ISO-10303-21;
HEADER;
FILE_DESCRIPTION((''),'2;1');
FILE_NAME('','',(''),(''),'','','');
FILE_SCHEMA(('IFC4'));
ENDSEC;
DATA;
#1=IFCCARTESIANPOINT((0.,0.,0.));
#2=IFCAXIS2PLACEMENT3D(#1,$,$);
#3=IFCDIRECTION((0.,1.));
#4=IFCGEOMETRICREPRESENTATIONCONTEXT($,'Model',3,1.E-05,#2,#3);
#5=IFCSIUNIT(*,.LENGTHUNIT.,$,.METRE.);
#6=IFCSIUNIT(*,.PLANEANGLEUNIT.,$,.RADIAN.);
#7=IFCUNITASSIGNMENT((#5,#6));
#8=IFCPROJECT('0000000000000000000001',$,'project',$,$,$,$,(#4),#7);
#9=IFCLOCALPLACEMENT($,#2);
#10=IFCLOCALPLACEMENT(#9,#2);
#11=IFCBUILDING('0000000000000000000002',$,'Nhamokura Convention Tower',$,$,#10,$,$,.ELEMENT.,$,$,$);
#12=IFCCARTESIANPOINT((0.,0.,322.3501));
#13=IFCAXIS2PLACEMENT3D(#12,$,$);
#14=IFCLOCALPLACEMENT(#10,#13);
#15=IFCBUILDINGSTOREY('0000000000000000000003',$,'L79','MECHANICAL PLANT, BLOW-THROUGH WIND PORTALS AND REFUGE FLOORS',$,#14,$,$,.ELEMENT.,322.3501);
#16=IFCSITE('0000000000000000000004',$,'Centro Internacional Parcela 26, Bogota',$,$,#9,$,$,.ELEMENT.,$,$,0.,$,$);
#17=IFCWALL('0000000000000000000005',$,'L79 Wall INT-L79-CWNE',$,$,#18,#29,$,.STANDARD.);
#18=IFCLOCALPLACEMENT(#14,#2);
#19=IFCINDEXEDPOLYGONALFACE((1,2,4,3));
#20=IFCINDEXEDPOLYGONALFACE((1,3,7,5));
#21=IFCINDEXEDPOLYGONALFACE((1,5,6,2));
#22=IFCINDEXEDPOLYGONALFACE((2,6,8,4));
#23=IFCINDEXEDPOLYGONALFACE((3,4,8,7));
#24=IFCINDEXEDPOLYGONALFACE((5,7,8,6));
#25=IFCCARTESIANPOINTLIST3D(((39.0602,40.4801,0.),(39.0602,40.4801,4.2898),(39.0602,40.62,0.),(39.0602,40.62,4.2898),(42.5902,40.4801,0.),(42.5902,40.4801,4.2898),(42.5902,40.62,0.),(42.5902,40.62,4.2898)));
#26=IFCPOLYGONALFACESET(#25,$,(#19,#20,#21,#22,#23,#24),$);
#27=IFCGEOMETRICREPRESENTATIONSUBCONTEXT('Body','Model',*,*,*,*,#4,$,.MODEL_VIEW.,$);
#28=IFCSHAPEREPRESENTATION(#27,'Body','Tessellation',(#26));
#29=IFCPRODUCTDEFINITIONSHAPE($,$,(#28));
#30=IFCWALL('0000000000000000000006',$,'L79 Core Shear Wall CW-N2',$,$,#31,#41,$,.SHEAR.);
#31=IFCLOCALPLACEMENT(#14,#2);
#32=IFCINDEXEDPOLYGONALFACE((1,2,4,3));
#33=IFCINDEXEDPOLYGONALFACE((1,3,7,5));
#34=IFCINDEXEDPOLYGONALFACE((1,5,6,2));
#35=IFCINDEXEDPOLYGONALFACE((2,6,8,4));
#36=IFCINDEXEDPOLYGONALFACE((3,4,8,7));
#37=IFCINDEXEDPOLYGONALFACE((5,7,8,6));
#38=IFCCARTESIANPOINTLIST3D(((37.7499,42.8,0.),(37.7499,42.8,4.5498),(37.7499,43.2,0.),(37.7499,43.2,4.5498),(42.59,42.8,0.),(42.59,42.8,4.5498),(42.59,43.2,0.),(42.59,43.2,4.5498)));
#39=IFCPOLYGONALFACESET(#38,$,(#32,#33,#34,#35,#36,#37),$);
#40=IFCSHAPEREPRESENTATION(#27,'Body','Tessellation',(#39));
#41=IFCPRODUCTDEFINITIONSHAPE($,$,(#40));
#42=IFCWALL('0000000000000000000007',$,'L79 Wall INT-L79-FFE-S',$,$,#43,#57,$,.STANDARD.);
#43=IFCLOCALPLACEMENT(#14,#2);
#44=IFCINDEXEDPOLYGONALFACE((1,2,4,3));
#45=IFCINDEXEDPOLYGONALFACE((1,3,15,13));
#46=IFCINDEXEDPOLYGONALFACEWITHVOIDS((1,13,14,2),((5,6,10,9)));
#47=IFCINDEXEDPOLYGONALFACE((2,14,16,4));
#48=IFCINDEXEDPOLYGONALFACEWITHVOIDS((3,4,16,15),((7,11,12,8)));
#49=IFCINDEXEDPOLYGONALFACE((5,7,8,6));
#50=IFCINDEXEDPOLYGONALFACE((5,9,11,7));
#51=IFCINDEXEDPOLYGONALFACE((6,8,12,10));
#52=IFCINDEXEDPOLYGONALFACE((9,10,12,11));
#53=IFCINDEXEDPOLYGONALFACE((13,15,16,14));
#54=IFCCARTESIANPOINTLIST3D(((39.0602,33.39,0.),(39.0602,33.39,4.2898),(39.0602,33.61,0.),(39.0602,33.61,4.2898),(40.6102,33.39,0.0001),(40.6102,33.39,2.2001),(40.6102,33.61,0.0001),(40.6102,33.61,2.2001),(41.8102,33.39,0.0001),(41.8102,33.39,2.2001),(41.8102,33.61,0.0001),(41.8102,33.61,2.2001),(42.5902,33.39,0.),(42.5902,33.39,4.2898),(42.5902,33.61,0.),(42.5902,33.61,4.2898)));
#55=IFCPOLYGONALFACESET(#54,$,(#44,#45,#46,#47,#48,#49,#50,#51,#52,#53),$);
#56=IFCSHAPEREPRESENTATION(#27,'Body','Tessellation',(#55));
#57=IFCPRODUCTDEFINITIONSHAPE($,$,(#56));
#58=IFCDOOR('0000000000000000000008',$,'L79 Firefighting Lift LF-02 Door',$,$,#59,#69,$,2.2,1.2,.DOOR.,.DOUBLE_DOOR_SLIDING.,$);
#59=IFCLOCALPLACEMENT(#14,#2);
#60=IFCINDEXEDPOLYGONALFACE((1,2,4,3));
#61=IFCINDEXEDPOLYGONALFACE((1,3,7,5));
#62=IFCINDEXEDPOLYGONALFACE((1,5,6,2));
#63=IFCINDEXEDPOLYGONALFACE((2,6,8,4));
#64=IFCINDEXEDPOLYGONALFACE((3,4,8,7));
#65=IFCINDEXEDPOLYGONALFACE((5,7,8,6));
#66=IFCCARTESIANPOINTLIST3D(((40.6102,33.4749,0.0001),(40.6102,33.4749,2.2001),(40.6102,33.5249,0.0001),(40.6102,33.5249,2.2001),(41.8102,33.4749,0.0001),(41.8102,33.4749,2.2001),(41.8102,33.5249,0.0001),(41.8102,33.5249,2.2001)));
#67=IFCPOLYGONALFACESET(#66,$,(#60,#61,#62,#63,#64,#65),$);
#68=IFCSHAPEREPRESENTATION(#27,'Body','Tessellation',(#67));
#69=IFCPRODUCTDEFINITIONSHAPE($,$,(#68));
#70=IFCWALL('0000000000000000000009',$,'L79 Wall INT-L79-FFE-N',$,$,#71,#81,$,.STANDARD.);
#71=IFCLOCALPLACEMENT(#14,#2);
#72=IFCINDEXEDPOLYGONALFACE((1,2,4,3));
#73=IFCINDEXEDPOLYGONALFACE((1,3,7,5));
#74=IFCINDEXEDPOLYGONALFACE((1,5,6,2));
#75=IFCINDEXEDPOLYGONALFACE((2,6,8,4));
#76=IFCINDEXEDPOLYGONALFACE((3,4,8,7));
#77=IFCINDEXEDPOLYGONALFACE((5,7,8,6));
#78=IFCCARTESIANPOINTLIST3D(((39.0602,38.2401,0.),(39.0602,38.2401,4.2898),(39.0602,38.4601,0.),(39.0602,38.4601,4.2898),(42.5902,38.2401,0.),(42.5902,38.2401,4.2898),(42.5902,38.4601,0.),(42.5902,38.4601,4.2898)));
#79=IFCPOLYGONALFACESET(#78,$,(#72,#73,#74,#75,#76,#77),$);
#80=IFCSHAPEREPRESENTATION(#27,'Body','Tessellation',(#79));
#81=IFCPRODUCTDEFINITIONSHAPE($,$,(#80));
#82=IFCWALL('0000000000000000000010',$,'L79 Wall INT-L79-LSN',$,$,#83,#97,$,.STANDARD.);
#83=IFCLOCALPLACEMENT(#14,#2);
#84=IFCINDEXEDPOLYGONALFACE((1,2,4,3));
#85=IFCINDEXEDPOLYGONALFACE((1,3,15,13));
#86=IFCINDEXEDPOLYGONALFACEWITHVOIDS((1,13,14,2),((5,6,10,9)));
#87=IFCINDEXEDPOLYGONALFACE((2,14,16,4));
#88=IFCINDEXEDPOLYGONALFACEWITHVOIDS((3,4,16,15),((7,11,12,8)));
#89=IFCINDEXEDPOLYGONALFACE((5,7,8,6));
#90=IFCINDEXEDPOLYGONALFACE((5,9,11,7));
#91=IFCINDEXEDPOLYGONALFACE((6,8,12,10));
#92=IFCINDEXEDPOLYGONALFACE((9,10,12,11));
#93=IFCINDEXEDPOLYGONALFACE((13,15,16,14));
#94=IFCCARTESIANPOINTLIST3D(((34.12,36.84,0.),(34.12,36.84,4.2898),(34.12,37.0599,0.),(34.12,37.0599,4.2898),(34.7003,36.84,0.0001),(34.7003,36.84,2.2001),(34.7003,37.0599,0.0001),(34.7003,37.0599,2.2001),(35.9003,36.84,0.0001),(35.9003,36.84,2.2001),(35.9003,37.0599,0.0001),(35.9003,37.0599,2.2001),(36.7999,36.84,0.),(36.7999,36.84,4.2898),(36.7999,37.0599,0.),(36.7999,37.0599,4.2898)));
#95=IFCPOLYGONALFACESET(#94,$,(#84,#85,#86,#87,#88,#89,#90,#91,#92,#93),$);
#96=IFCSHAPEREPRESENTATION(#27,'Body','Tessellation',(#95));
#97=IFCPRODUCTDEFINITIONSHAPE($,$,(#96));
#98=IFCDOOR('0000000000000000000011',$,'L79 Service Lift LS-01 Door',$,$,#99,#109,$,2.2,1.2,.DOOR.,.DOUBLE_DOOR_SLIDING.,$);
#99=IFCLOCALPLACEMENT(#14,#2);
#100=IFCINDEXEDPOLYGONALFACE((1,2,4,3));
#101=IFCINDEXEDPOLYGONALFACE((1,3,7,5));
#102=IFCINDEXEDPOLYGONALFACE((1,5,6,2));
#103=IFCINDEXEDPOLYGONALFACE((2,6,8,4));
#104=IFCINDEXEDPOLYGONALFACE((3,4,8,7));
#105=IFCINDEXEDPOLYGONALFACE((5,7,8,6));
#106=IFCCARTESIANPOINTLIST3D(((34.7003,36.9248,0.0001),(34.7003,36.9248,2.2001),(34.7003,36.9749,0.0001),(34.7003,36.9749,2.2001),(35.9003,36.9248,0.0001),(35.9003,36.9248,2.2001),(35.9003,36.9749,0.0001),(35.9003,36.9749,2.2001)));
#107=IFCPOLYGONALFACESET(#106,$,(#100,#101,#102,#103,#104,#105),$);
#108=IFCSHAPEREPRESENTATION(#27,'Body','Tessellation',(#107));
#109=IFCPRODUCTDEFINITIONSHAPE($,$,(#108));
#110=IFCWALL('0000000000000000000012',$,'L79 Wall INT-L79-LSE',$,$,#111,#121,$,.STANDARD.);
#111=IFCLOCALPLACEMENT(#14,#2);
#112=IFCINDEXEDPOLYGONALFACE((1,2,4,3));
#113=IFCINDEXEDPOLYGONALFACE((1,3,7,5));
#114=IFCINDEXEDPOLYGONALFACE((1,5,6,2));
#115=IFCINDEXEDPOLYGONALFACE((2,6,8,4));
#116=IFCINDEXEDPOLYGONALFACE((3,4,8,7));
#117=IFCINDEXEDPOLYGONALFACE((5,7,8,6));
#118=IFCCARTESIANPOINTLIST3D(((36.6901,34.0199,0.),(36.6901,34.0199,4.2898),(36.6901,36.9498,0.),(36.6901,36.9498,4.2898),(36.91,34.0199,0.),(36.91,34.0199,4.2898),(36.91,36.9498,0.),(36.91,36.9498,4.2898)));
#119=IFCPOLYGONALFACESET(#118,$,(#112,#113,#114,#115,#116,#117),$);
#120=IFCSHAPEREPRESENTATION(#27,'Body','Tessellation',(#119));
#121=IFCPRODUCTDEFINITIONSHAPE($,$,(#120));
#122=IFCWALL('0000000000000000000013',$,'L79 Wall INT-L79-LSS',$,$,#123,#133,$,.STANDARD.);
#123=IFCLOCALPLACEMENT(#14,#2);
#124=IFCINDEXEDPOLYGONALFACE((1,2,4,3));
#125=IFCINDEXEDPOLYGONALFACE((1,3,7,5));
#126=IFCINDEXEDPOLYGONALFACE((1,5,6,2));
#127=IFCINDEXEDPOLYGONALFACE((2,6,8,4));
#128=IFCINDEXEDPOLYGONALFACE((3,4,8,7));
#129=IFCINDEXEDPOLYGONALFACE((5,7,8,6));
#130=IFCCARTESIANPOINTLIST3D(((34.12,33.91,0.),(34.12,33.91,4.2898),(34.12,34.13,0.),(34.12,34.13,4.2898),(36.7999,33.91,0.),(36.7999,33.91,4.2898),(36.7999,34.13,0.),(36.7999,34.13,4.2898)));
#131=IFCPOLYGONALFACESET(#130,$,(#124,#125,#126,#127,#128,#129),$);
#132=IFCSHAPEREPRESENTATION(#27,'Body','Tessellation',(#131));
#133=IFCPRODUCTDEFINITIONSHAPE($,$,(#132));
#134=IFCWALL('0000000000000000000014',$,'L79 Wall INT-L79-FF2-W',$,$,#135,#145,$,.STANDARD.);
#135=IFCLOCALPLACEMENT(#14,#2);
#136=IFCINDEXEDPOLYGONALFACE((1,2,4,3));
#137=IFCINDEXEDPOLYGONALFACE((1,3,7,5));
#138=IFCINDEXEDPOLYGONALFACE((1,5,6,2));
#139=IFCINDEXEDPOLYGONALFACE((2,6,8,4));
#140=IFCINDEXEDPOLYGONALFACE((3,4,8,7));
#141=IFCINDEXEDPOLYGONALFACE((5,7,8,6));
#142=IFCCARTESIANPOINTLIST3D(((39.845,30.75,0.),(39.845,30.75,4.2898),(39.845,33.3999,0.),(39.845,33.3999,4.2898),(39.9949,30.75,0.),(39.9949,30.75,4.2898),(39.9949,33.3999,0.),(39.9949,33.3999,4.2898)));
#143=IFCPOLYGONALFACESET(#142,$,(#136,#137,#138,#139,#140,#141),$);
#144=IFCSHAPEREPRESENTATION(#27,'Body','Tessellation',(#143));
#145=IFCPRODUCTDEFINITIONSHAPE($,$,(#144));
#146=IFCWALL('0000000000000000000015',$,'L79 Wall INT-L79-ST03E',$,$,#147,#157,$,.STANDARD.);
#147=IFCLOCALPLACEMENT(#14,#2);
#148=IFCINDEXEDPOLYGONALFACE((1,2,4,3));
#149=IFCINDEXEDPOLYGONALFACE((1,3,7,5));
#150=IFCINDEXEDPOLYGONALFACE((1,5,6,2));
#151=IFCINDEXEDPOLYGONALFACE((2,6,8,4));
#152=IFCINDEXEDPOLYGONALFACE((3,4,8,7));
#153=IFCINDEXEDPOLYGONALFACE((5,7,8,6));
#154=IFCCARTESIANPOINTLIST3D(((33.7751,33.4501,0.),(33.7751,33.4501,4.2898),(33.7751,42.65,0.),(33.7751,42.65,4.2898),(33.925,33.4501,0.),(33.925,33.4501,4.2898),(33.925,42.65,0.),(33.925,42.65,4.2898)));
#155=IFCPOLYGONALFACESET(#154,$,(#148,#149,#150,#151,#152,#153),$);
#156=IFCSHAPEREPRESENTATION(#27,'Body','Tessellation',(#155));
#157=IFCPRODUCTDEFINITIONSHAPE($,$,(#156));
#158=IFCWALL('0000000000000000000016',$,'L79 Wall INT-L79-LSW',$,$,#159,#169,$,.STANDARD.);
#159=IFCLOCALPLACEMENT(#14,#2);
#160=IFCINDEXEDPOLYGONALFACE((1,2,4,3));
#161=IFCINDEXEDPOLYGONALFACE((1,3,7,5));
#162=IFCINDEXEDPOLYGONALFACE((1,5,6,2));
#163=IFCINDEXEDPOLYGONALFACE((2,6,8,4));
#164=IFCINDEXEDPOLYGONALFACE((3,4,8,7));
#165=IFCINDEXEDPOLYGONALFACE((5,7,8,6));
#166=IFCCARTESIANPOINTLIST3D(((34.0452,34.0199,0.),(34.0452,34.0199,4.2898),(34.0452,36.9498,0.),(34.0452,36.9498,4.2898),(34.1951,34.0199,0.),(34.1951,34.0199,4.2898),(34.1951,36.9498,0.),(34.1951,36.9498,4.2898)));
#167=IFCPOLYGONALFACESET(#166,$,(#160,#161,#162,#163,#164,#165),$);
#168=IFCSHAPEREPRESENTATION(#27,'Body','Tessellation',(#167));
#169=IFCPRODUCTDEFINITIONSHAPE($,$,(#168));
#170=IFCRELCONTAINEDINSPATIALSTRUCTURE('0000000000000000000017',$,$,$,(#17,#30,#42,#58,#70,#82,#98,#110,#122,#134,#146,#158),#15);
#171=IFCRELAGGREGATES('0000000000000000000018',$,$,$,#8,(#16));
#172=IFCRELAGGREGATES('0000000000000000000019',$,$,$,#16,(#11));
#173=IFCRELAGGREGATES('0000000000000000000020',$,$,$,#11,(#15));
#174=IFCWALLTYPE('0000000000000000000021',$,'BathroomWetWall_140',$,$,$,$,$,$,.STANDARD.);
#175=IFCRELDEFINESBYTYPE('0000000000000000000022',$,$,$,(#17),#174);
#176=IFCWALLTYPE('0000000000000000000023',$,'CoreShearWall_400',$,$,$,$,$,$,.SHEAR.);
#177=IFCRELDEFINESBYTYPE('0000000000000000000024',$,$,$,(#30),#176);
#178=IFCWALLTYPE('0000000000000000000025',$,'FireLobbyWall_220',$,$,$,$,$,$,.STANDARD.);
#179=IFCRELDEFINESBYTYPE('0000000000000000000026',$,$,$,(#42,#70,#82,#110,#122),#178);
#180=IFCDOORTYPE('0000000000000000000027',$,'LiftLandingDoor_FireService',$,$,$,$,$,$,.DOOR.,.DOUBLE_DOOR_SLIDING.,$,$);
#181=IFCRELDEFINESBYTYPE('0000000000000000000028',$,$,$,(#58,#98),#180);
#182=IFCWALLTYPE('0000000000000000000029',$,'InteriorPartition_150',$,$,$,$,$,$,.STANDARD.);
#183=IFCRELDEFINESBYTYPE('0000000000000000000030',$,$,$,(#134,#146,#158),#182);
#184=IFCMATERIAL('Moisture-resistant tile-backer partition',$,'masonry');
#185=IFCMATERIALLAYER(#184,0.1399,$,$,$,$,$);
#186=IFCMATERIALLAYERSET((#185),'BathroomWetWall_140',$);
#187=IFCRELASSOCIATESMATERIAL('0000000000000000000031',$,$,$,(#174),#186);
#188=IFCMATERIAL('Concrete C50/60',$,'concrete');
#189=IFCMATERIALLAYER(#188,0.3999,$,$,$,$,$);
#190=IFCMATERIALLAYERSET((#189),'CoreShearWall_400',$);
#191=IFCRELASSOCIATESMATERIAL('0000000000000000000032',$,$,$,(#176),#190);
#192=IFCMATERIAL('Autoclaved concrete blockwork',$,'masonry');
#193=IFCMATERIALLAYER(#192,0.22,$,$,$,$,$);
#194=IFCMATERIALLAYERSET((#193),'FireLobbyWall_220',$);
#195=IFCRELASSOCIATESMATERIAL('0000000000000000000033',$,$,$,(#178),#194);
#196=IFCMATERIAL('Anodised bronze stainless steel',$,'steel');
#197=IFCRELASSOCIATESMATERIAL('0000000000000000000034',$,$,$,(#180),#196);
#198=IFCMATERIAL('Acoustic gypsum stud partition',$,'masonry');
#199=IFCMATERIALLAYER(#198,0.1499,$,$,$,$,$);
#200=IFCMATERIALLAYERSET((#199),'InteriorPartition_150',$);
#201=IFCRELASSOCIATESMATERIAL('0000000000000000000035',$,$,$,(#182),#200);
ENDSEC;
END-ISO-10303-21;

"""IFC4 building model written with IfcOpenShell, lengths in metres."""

from ifc_helpers import new_model, si_unit, direction, frame, frame_2d, origin, place, context, subcontext, project, spatial, rectangle, extrude, material, layer, layer_set, type_object, element, fill, save


model = new_model("IFC4")

# Units and contexts
model_context = context("Model", 3, precision=1e-05, world=origin(), true_north=direction((0.0, 1.0)))
body_context = subcontext(model_context, "Body", "Model", "MODEL_VIEW")
ifc_project = project(units=[si_unit("LENGTHUNIT", "METRE"), si_unit("PLANEANGLEUNIT", "RADIAN")], contexts=[model_context])

# Site, building, storey
site_placement = place(None, origin())
site = spatial("IfcSite", under=ifc_project, at=site_placement, Name="Centro Internacional Parcela 26, Bogota", CompositionType="ELEMENT", RefElevation=0.0)
building_placement = place(site_placement, origin())
building = spatial("IfcBuilding", under=site, at=building_placement, Name="Nhamokura Convention Tower", CompositionType="ELEMENT")
storey_placement = place(building_placement, frame((0.0, 0.0, 322.3501)))
storey = spatial("IfcBuildingStorey", under=building, at=storey_placement, Name="L79", Description="MECHANICAL PLANT, BLOW-THROUGH WIND PORTALS AND REFUGE FLOORS", CompositionType="ELEMENT", Elevation=322.3501)

# Walls
ifc_material_1 = material(Name="Moisture-resistant tile-backer partition", Category="masonry")
ifc_layer_1 = layer(ifc_material_1, 0.1399)
ifc_layer_set_1 = layer_set([ifc_layer_1], Name="BathroomWetWall_140")
wall_type_1 = type_object("IfcWallType", Name="BathroomWetWall_140", PredefinedType="STANDARD", material=ifc_layer_set_1)
wall_1_placement = place(storey_placement, frame((39.0601, 40.55, 0.0), z_axis=(0.0, 0.0, 1.0), x_axis=(1.0, 0.0, 0.0)))
element("IfcWall", 1, at=wall_1_placement, inside=storey, type_object=wall_type_1, Name="L79 Wall INT-L79-CWNE", PredefinedType="STANDARD", context=body_context, shape_type="SweptSolid", body=[
    extrude(rectangle(XDim=3.53, YDim=0.1399, at=frame_2d((1.7651, 0.0))), origin(), (0.0, 0.0, 1.0), 4.2898),
])
ifc_material_2 = material(Name="Concrete C50/60", Category="concrete")
ifc_layer_2 = layer(ifc_material_2, 0.3999)
ifc_layer_set_2 = layer_set([ifc_layer_2], Name="CoreShearWall_400")
wall_type_2 = type_object("IfcWallType", Name="CoreShearWall_400", PredefinedType="SHEAR", material=ifc_layer_set_2)
wall_2_placement = place(storey_placement, frame((37.75, 43.0, 0.0), z_axis=(0.0, 0.0, 1.0), x_axis=(1.0, 0.0, 0.0)))
element("IfcWall", 2, at=wall_2_placement, inside=storey, type_object=wall_type_2, Name="L79 Core Shear Wall CW-N2", PredefinedType="SHEAR", context=body_context, shape_type="SweptSolid", body=[
    extrude(rectangle(XDim=4.8401, YDim=0.3999, at=frame_2d((2.4199, 0.0))), origin(), (0.0, 0.0, 1.0), 4.5498),
])

# Wall, opening, door
ifc_material_3 = material(Name="Autoclaved concrete blockwork", Category="masonry")
ifc_layer_3 = layer(ifc_material_3, 0.22)
ifc_layer_set_3 = layer_set([ifc_layer_3], Name="FireLobbyWall_220")
wall_type_3 = type_object("IfcWallType", Name="FireLobbyWall_220", PredefinedType="STANDARD", material=ifc_layer_set_3)
wall_3_placement = place(storey_placement, frame((39.0601, 33.5, 0.0), z_axis=(0.0, 0.0, 1.0), x_axis=(1.0, 0.0, 0.0)))
wall_3 = element("IfcWall", 3, at=wall_3_placement, inside=storey, type_object=wall_type_3, Name="L79 Wall INT-L79-FFE-S", PredefinedType="STANDARD", context=body_context, shape_type="SweptSolid", body=[
    extrude(rectangle(XDim=3.53, YDim=0.22, at=frame_2d((1.7651, 0.0))), origin(), (0.0, 0.0, 1.0), 4.2898),
])
opening_1_placement = place(wall_3_placement, frame((1.55, 0.0, 0.0)))
opening_1 = element("IfcOpeningElement", 4, at=opening_1_placement, cuts=wall_3, PredefinedType="OPENING", context=body_context, shape_type="SweptSolid", body=[
    extrude(rectangle(XDim=1.2, YDim=2.2, at=frame_2d((0.6001, 1.1001))), frame((0.0, 0.1199, 0.0), z_axis=(0.0, -1.0, 0.0), x_axis=(1.0, 0.0, 0.0)), (0.0, 0.0, 1.0), 0.24),
])
ifc_material_4 = material(Name="Anodised bronze stainless steel", Category="steel")
door_type_1 = type_object("IfcDoorType", Name="LiftLandingDoor_FireService", OperationType="DOUBLE_DOOR_SLIDING", PredefinedType="DOOR", material=ifc_material_4)
door_1_placement = place(opening_1_placement, origin())
door_1 = element("IfcDoor", 5, at=door_1_placement, inside=storey, type_object=door_type_1, Name="L79 Firefighting Lift LF-02 Door", OperationType="DOUBLE_DOOR_SLIDING", OverallHeight=2.2, OverallWidth=1.2, PredefinedType="DOOR", context=body_context, shape_type="SweptSolid", body=[
    extrude(rectangle(XDim=1.2, YDim=2.2, at=frame_2d((0.6001, 1.1001))), frame((0.0, 0.0249, 0.0), z_axis=(0.0, -1.0, 0.0), x_axis=(1.0, 0.0, 0.0)), (0.0, 0.0, 1.0), 0.05),
])
fill(opening_1, door_1)

# Wall
wall_4_placement = place(storey_placement, frame((39.0601, 38.3501, 0.0), z_axis=(0.0, 0.0, 1.0), x_axis=(1.0, 0.0, 0.0)))
element("IfcWall", 6, at=wall_4_placement, inside=storey, type_object=wall_type_3, Name="L79 Wall INT-L79-FFE-N", PredefinedType="STANDARD", context=body_context, shape_type="SweptSolid", body=[
    extrude(rectangle(XDim=3.53, YDim=0.22, at=frame_2d((1.7651, 0.0))), origin(), (0.0, 0.0, 1.0), 4.2898),
])

# Wall, opening, door
wall_5_placement = place(storey_placement, frame((34.1201, 36.95, 0.0), z_axis=(0.0, 0.0, 1.0), x_axis=(1.0, 0.0, 0.0)))
wall_5 = element("IfcWall", 7, at=wall_5_placement, inside=storey, type_object=wall_type_3, Name="L79 Wall INT-L79-LSN", PredefinedType="STANDARD", context=body_context, shape_type="SweptSolid", body=[
    extrude(rectangle(XDim=2.6799, YDim=0.22, at=frame_2d((1.3398, 0.0))), origin(), (0.0, 0.0, 1.0), 4.2898),
])
opening_2_placement = place(wall_5_placement, frame((0.5801, 0.0, 0.0)))
opening_2 = element("IfcOpeningElement", 8, at=opening_2_placement, cuts=wall_5, PredefinedType="OPENING", context=body_context, shape_type="SweptSolid", body=[
    extrude(rectangle(XDim=1.2, YDim=2.2, at=frame_2d((0.6001, 1.1001))), frame((0.0, 0.1199, 0.0), z_axis=(0.0, -1.0, 0.0), x_axis=(1.0, 0.0, 0.0)), (0.0, 0.0, 1.0), 0.24),
])
door_2_placement = place(opening_2_placement, origin())
door_2 = element("IfcDoor", 9, at=door_2_placement, inside=storey, type_object=door_type_1, Name="L79 Service Lift LS-01 Door", OperationType="DOUBLE_DOOR_SLIDING", OverallHeight=2.2, OverallWidth=1.2, PredefinedType="DOOR", context=body_context, shape_type="SweptSolid", body=[
    extrude(rectangle(XDim=1.2, YDim=2.2, at=frame_2d((0.6001, 1.1001))), frame((0.0, 0.0249, 0.0), z_axis=(0.0, -1.0, 0.0), x_axis=(1.0, 0.0, 0.0)), (0.0, 0.0, 1.0), 0.05),
])
fill(opening_2, door_2)

# Walls
wall_6_placement = place(storey_placement, frame((36.8, 34.02, 0.0), z_axis=(0.0, 0.0, 1.0), x_axis=(0.0, 1.0, 0.0)))
element("IfcWall", 10, at=wall_6_placement, inside=storey, type_object=wall_type_3, Name="L79 Wall INT-L79-LSE", PredefinedType="STANDARD", context=body_context, shape_type="SweptSolid", body=[
    extrude(rectangle(XDim=2.9299, YDim=0.22, at=frame_2d((1.4648, 0.0))), origin(), (0.0, 0.0, 1.0), 4.2898),
])
wall_7_placement = place(storey_placement, frame((34.1201, 34.02, 0.0), z_axis=(0.0, 0.0, 1.0), x_axis=(1.0, 0.0, 0.0)))
element("IfcWall", 11, at=wall_7_placement, inside=storey, type_object=wall_type_3, Name="L79 Wall INT-L79-LSS", PredefinedType="STANDARD", context=body_context, shape_type="SweptSolid", body=[
    extrude(rectangle(XDim=2.6799, YDim=0.22, at=frame_2d((1.3398, 0.0))), origin(), (0.0, 0.0, 1.0), 4.2898),
])
ifc_material_5 = material(Name="Acoustic gypsum stud partition", Category="masonry")
ifc_layer_4 = layer(ifc_material_5, 0.1499)
ifc_layer_set_4 = layer_set([ifc_layer_4], Name="InteriorPartition_150")
wall_type_4 = type_object("IfcWallType", Name="InteriorPartition_150", PredefinedType="STANDARD", material=ifc_layer_set_4)
wall_8_placement = place(storey_placement, frame((39.9199, 30.75, 0.0), z_axis=(0.0, 0.0, 1.0), x_axis=(0.0, 1.0, 0.0)))
element("IfcWall", 12, at=wall_8_placement, inside=storey, type_object=wall_type_4, Name="L79 Wall INT-L79-FF2-W", PredefinedType="STANDARD", context=body_context, shape_type="SweptSolid", body=[
    extrude(rectangle(XDim=2.6499, YDim=0.1499, at=frame_2d((1.325, 0.0))), origin(), (0.0, 0.0, 1.0), 4.2898),
])
wall_9_placement = place(storey_placement, frame((33.8501, 33.45, 0.0), z_axis=(0.0, 0.0, 1.0), x_axis=(0.0, 1.0, 0.0)))
element("IfcWall", 13, at=wall_9_placement, inside=storey, type_object=wall_type_4, Name="L79 Wall INT-L79-ST03E", PredefinedType="STANDARD", context=body_context, shape_type="SweptSolid", body=[
    extrude(rectangle(XDim=9.2, YDim=0.1499, at=frame_2d((4.6001, 0.0))), origin(), (0.0, 0.0, 1.0), 4.2898),
])
wall_10_placement = place(storey_placement, frame((34.1201, 34.02, 0.0), z_axis=(0.0, 0.0, 1.0), x_axis=(0.0, 1.0, 0.0)))
element("IfcWall", 14, at=wall_10_placement, inside=storey, type_object=wall_type_4, Name="L79 Wall INT-L79-LSW", PredefinedType="STANDARD", context=body_context, shape_type="SweptSolid", body=[
    extrude(rectangle(XDim=2.9299, YDim=0.1499, at=frame_2d((1.4648, 0.0))), origin(), (0.0, 0.0, 1.0), 4.2898),
])

save(model, "model.ifc")
